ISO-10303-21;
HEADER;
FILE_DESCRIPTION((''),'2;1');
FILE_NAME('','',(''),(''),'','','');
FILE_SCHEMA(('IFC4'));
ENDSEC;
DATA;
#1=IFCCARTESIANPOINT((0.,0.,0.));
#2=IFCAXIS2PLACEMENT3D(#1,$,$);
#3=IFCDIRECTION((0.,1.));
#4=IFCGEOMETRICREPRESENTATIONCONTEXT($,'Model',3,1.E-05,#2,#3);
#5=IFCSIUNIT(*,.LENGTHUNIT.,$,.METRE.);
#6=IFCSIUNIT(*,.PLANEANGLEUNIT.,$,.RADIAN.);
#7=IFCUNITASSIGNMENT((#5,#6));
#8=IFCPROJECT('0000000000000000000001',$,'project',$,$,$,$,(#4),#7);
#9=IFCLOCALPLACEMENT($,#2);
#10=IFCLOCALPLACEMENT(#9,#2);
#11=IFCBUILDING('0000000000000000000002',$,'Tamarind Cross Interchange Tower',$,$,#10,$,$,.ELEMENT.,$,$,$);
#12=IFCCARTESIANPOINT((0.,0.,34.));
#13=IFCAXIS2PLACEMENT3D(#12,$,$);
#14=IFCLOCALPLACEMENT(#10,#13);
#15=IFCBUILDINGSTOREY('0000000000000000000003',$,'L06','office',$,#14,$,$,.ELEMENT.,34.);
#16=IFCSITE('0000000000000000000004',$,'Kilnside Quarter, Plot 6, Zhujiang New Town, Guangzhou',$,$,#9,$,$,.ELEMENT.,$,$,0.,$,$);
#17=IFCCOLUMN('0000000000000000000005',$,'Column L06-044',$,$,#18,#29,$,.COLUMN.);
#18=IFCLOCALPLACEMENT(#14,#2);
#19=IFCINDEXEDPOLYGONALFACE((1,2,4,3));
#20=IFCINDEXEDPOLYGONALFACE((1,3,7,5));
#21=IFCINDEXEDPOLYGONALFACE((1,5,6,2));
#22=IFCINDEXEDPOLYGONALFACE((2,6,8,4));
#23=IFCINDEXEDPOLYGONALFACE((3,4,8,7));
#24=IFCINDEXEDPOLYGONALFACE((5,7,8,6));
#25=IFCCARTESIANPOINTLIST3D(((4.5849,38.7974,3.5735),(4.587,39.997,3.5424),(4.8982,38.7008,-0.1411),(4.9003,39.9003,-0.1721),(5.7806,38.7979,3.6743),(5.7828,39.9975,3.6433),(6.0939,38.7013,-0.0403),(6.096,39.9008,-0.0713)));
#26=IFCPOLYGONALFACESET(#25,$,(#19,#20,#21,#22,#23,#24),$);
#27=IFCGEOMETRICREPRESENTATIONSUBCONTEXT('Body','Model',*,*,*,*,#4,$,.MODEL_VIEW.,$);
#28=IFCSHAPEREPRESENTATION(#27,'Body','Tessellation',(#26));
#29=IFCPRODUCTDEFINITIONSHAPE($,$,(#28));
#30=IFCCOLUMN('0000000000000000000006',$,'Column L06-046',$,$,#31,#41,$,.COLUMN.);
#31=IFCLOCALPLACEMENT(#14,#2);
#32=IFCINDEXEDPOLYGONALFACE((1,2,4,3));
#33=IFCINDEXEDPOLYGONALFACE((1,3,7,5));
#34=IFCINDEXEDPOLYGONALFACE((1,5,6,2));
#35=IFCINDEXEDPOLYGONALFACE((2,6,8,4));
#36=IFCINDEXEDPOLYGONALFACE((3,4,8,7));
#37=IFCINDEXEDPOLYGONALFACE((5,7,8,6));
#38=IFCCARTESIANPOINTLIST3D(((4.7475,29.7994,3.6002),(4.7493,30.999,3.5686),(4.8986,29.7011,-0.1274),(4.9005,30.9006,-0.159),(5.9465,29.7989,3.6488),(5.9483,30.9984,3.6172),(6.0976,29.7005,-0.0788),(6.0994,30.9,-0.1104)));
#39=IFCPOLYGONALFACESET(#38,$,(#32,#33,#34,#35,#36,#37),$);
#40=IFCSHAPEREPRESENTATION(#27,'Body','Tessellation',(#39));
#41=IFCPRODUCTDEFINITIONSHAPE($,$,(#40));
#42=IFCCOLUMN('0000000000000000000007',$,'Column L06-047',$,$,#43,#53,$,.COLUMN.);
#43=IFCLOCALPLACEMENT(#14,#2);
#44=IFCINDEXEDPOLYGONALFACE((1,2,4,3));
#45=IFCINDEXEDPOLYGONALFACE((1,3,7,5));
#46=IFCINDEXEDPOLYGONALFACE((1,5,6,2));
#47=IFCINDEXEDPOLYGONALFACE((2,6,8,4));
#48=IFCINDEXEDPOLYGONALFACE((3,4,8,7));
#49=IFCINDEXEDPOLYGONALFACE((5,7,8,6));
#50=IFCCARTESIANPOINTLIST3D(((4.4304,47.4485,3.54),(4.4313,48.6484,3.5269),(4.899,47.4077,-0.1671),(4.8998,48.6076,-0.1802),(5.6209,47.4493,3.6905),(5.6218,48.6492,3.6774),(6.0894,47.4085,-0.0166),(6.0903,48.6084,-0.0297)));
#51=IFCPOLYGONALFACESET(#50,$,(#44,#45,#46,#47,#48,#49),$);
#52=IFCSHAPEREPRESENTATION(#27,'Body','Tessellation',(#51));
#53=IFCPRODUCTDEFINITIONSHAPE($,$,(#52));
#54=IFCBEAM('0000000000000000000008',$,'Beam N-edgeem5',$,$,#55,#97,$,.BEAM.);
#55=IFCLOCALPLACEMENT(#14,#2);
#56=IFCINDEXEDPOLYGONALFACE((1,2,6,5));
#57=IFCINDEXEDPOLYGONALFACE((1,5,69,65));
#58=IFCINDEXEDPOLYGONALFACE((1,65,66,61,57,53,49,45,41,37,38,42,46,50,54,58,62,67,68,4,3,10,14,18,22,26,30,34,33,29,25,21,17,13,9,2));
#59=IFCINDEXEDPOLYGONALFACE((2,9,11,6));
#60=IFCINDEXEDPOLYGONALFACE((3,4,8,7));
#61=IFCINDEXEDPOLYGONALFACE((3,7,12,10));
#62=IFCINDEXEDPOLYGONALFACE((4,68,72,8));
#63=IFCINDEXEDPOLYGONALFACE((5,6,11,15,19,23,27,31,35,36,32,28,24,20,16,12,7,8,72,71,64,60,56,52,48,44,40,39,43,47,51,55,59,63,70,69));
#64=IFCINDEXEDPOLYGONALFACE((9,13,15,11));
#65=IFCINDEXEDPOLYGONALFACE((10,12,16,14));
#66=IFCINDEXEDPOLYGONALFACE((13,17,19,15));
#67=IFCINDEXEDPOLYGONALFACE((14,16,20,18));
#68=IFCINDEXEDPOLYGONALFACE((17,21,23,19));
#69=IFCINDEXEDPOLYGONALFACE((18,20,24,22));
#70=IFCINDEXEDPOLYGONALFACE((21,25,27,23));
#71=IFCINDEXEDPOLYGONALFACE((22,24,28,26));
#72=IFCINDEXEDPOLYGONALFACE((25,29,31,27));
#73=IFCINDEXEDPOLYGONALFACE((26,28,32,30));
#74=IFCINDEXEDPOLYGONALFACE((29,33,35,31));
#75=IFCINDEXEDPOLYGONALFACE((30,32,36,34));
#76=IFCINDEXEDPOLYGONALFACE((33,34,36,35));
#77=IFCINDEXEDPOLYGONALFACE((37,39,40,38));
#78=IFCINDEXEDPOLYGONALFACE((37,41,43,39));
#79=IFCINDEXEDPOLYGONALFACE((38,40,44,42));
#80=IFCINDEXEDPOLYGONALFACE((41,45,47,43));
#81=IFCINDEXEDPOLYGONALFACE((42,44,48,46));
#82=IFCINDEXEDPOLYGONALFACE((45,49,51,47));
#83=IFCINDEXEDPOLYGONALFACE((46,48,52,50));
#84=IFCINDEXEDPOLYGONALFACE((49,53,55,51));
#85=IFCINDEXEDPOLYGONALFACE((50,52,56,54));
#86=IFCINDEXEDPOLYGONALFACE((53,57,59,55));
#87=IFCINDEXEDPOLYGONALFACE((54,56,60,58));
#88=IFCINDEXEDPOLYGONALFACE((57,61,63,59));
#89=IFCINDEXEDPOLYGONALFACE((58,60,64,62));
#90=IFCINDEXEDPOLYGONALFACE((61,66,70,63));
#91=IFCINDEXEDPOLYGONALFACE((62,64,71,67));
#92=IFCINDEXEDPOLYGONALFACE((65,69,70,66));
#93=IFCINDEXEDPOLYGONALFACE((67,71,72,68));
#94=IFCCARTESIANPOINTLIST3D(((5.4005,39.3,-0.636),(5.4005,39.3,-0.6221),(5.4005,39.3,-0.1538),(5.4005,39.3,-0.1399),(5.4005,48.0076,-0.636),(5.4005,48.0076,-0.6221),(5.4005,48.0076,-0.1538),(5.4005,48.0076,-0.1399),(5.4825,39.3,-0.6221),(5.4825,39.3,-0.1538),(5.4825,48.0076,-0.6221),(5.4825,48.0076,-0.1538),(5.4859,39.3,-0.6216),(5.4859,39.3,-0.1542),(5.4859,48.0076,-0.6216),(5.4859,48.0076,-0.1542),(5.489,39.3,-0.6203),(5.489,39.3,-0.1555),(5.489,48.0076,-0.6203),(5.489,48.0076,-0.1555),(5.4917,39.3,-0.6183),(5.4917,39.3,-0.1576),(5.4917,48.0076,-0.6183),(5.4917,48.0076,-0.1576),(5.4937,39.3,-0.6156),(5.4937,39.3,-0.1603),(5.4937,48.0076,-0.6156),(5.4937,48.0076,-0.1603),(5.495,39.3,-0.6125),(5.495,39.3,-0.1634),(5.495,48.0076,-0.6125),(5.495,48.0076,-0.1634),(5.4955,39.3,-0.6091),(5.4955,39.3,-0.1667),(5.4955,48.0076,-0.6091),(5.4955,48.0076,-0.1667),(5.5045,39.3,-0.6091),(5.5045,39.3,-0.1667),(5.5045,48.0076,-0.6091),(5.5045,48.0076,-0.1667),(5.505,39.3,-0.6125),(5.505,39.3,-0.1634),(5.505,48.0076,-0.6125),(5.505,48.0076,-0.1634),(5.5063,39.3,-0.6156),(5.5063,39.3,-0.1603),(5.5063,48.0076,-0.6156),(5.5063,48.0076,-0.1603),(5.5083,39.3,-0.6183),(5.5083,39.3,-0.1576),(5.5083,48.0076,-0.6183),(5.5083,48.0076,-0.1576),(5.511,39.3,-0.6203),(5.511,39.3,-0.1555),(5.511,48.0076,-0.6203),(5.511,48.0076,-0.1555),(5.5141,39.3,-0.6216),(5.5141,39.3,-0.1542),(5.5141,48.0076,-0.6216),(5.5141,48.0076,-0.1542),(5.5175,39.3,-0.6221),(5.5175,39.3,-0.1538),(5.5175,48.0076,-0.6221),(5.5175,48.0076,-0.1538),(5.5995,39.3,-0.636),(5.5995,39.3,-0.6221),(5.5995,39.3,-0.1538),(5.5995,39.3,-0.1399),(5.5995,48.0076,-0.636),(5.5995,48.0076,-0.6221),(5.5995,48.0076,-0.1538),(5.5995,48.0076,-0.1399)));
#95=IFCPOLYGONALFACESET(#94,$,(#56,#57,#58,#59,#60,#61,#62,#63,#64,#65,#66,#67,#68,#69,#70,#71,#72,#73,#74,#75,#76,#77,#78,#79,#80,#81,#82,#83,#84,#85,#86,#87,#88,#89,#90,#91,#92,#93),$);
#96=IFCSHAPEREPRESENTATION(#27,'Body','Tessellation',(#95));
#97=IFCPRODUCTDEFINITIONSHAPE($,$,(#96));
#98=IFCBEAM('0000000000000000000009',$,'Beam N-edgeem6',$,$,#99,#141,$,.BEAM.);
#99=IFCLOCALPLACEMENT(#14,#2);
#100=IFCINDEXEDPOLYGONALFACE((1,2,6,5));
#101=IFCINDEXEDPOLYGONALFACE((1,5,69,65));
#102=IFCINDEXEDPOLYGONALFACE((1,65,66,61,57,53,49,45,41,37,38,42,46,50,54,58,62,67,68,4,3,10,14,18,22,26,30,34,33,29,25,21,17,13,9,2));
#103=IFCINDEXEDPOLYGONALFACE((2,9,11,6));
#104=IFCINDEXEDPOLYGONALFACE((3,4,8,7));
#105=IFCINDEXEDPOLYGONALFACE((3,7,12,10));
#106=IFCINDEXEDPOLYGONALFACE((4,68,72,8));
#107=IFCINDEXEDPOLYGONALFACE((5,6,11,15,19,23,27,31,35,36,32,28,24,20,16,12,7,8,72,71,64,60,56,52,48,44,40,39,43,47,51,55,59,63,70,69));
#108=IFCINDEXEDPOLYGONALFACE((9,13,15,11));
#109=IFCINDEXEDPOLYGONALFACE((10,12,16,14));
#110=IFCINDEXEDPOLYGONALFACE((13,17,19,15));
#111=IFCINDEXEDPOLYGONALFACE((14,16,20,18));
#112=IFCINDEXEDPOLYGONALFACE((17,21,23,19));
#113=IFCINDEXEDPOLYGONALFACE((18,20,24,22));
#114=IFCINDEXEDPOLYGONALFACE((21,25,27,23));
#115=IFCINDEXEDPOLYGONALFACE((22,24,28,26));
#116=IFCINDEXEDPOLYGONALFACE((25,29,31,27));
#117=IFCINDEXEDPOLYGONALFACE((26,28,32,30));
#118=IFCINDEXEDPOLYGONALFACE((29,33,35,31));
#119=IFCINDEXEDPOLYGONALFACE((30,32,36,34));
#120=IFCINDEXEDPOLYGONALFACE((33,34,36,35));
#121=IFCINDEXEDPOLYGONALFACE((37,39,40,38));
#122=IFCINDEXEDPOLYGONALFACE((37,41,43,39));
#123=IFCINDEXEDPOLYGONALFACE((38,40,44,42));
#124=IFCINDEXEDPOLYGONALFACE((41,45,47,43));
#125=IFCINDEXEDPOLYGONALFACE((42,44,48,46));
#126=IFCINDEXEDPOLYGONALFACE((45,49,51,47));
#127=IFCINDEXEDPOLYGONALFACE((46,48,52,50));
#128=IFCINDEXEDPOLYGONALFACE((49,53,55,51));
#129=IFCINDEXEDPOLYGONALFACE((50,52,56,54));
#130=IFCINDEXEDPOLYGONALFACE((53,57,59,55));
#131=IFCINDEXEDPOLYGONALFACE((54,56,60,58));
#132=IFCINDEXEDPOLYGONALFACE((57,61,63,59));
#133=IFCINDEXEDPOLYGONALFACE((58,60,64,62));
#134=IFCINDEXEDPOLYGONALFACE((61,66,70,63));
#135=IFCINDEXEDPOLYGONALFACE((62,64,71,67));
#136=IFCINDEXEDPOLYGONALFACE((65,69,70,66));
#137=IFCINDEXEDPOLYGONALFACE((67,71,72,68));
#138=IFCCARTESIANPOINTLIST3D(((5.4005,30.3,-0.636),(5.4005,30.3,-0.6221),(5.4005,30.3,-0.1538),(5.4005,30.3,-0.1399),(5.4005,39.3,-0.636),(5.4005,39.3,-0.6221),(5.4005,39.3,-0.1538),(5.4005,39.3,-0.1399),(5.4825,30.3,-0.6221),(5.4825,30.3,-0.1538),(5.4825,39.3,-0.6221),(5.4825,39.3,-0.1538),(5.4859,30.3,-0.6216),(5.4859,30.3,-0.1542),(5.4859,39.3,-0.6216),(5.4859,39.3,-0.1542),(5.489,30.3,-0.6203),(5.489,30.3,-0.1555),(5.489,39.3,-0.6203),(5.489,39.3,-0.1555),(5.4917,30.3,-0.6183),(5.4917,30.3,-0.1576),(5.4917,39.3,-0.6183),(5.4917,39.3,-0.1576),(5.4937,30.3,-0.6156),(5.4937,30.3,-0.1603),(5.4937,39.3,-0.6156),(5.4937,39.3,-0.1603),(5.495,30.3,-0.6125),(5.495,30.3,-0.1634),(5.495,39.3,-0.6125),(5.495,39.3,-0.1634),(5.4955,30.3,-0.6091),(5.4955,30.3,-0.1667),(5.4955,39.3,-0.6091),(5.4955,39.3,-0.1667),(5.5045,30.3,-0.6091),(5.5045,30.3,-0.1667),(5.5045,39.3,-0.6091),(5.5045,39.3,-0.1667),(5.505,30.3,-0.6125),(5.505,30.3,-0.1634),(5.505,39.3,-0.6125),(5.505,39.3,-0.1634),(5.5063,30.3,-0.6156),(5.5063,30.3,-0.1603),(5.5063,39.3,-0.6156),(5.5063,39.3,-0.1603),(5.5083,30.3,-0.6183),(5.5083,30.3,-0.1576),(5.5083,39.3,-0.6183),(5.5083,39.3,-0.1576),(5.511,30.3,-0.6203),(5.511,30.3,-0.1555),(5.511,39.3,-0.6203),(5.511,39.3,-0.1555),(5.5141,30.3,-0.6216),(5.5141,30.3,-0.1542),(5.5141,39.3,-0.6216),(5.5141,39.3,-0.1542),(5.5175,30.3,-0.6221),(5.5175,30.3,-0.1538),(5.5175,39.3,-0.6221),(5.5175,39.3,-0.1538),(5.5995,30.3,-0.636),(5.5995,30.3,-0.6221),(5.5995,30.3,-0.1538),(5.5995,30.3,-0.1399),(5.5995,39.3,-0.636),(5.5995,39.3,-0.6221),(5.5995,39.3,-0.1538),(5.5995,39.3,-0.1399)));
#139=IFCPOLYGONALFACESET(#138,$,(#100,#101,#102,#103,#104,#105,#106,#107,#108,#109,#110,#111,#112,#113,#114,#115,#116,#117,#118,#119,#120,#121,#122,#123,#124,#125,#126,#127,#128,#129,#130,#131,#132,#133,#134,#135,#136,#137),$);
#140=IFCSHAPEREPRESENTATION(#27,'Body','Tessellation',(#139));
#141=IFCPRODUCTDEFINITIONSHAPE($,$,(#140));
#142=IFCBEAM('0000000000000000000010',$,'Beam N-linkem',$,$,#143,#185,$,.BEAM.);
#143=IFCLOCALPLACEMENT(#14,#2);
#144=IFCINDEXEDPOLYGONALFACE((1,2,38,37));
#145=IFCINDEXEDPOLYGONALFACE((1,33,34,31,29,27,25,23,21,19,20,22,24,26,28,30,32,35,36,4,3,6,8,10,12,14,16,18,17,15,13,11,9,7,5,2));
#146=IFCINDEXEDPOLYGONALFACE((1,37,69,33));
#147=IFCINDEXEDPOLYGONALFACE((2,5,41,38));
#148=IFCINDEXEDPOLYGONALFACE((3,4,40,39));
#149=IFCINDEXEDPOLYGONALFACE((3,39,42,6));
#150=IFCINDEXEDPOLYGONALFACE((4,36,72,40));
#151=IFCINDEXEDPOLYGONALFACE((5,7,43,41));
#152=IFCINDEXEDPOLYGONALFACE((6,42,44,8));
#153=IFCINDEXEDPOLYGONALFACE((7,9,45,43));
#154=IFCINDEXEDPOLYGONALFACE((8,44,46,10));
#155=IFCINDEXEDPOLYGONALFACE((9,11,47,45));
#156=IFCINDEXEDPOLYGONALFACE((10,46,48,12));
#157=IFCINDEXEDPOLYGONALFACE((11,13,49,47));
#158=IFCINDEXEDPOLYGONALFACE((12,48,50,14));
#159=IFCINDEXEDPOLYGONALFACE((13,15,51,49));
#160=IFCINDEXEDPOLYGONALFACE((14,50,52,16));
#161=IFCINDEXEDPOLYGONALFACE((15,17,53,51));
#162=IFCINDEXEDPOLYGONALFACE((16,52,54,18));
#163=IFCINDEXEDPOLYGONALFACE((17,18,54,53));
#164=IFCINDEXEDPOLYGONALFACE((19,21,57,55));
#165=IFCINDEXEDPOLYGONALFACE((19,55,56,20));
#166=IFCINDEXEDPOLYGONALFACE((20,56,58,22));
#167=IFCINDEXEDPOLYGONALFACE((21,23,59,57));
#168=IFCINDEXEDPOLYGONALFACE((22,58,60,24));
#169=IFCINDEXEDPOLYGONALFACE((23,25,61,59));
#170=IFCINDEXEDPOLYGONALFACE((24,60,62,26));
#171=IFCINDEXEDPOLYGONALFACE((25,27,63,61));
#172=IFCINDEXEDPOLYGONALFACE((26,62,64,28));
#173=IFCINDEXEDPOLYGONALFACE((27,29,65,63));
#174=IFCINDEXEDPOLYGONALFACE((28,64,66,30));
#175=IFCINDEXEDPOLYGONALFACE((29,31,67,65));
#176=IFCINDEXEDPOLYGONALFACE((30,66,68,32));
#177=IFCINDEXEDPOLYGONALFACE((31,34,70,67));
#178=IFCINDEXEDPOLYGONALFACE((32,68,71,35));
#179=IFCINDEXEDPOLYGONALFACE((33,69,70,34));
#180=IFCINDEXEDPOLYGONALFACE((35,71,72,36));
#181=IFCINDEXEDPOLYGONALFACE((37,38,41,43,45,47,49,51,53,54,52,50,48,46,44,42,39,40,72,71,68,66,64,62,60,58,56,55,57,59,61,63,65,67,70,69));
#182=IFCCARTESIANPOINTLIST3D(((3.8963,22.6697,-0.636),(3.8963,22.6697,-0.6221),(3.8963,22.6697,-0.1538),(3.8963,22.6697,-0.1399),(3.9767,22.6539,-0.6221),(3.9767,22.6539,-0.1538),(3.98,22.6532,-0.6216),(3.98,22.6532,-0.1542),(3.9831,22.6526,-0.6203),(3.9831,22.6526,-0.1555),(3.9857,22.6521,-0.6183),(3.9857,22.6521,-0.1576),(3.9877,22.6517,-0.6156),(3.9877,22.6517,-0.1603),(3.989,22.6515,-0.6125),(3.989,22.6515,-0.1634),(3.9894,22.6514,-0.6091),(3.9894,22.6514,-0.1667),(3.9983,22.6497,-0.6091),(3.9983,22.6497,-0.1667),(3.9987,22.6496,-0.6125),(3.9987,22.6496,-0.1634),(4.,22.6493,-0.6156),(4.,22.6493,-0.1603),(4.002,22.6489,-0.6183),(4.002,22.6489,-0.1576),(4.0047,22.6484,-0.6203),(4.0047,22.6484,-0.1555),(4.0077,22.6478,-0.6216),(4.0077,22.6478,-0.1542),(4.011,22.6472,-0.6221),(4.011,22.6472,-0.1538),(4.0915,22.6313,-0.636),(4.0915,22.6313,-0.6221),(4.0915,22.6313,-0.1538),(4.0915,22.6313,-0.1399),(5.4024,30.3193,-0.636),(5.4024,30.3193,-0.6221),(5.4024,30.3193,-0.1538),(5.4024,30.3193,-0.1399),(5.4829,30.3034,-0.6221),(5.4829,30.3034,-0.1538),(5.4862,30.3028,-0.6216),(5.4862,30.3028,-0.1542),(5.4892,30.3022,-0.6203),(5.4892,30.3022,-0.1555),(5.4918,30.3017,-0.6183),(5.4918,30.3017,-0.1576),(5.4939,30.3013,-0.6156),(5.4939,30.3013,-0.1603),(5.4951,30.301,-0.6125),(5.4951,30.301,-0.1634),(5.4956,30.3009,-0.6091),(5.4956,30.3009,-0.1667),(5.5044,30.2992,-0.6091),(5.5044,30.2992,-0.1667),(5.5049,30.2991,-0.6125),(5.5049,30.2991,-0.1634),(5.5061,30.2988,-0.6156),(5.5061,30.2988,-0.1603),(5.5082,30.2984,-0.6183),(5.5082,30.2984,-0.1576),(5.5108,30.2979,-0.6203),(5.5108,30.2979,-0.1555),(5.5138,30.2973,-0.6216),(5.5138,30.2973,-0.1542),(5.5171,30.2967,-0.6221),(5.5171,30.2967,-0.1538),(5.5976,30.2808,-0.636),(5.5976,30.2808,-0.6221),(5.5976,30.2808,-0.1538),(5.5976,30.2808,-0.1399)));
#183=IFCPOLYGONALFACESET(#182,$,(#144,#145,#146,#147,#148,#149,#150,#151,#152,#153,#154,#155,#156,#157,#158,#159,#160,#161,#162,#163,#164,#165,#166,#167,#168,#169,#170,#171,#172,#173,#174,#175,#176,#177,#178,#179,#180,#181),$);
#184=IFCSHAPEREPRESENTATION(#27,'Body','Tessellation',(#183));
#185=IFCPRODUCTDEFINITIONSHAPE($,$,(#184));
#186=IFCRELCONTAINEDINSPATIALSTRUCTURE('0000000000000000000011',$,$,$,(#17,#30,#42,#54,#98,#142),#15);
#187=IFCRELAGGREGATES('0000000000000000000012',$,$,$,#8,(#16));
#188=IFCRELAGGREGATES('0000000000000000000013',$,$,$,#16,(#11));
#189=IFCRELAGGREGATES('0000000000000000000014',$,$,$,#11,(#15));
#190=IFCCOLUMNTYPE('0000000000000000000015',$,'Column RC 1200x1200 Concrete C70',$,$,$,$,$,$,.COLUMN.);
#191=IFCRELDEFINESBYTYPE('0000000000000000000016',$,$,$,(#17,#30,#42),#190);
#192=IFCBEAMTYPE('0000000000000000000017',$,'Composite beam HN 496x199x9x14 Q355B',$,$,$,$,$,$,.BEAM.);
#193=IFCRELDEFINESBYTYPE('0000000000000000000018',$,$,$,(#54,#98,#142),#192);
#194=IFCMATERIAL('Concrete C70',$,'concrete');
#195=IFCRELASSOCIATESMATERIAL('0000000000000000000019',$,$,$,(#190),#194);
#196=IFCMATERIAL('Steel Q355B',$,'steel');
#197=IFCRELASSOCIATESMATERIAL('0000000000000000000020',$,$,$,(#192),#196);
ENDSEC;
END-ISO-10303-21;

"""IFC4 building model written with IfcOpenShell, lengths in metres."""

from ifc_helpers import new_model, si_unit, direction, frame, origin, origin_2d, place, context, subcontext, project, spatial, rectangle, i_section, extrude, material, material_profile, profile_set, type_object, element, save


model = new_model("IFC4")

# Units and contexts
model_context = context("Model", 3, precision=1e-05, world=origin(), true_north=direction((0.0, 1.0)))
body_context = subcontext(model_context, "Body", "Model", "MODEL_VIEW")
ifc_project = project(units=[si_unit("LENGTHUNIT", "METRE"), si_unit("PLANEANGLEUNIT", "RADIAN")], contexts=[model_context])

# Site, building, storey
site_placement = place(None, origin())
site = spatial("IfcSite", under=ifc_project, at=site_placement, Name="Kilnside Quarter, Plot 6, Zhujiang New Town, Guangzhou", CompositionType="ELEMENT", RefElevation=0.0)
building_placement = place(site_placement, origin())
building = spatial("IfcBuilding", under=site, at=building_placement, Name="Tamarind Cross Interchange Tower", CompositionType="ELEMENT")
storey_placement = place(building_placement, frame((0.0, 0.0, 34.0)))
storey = spatial("IfcBuildingStorey", under=building, at=storey_placement, Name="L06", Description="office", CompositionType="ELEMENT", Elevation=34.0)

# Columns
ifc_material_1 = material(Name="Concrete C70", Category="concrete")
ifc_material_profile_1 = material_profile(ifc_material_1, rectangle(XDim=1.2, YDim=1.2, at=origin_2d()), Name="RC 1200x1200")
ifc_profile_set_1 = profile_set([ifc_material_profile_1], Name="Concrete C70")
column_type = type_object("IfcColumnType", Name="Column RC 1200x1200 Concrete C70", PredefinedType="COLUMN", material=ifc_profile_set_1)
column_1_placement = place(storey_placement, frame((5.4971, 39.3008, -0.1062), z_axis=(-0.083998, 0.025926, 0.996129), x_axis=(-0.001767, -0.999664, 0.025869)))
element("IfcColumn", 1, at=column_1_placement, inside=storey, type_object=column_type, Name="Column L06-044", PredefinedType="COLUMN", context=body_context, shape_type="SweptSolid", body=[
    extrude(rectangle(XDim=1.2, YDim=1.2, at=origin_2d()), origin(), (0.0, 0.0, 1.0), 3.729),
])
column_2_placement = place(storey_placement, frame((5.499, 30.3005, -0.1189), z_axis=(-0.040495, 0.026364, 0.998832), x_axis=(-0.001547, -0.999652, 0.026323)))
element("IfcColumn", 2, at=column_2_placement, inside=storey, type_object=column_type, Name="Column L06-046", PredefinedType="COLUMN", context=body_context, shape_type="SweptSolid", body=[
    extrude(rectangle(XDim=1.2, YDim=1.2, at=origin_2d()), origin(), (0.0, 0.0, 1.0), 3.7319),
])
column_3_placement = place(storey_placement, frame((5.4946, 48.0081, -0.0984), z_axis=(-0.125378, 0.010911, 0.992049), x_axis=(-0.000709, -0.99994, 0.010908)))
element("IfcColumn", 3, at=column_3_placement, inside=storey, type_object=column_type, Name="Column L06-047", PredefinedType="COLUMN", context=body_context, shape_type="SweptSolid", body=[
    extrude(rectangle(XDim=1.2, YDim=1.2, at=origin_2d()), origin(), (0.0, 0.0, 1.0), 3.7368),
])

# Beams
ifc_material_2 = material(Name="Steel Q355B", Category="steel")
ifc_material_profile_2 = material_profile(ifc_material_2, i_section(OverallWidth=0.199, OverallDepth=0.4961, WebThickness=0.009, FlangeThickness=0.0139, FilletRadius=0.0129, at=origin_2d()), Name="HN 496x199x9x14")
ifc_profile_set_2 = profile_set([ifc_material_profile_2], Name="Steel Q355B")
beam_type_1 = type_object("IfcBeamType", Name="Composite beam HN 496x199x9x14 Q355B", PredefinedType="BEAM", material=ifc_profile_set_2)
beam_1_placement = place(storey_placement, frame((5.5, 48.0076, -0.3879), z_axis=(0.0, -1.0, 0.0), x_axis=(1.0, 0.0, 0.0)))
element("IfcBeam", 4, at=beam_1_placement, inside=storey, type_object=beam_type_1, Name="Beam N-edgeem5", PredefinedType="BEAM", context=body_context, shape_type="SweptSolid", body=[
    extrude(i_section(OverallWidth=0.199, OverallDepth=0.4961, WebThickness=0.009, FlangeThickness=0.0139, FilletRadius=0.0129, at=origin_2d()), origin(), (0.0, 0.0, 1.0), 8.7075),
])
beam_2_placement = place(storey_placement, frame((5.5, 39.3, -0.3879), z_axis=(0.0, -1.0, 0.0), x_axis=(1.0, 0.0, 0.0)))
element("IfcBeam", 5, at=beam_2_placement, inside=storey, type_object=beam_type_1, Name="Beam N-edgeem6", PredefinedType="BEAM", context=body_context, shape_type="SweptSolid", body=[
    extrude(i_section(OverallWidth=0.199, OverallDepth=0.4961, WebThickness=0.009, FlangeThickness=0.0139, FilletRadius=0.0129, at=origin_2d()), origin(), (0.0, 0.0, 1.0), 9.0),
])
beam_3_placement = place(storey_placement, frame((5.5, 30.3, -0.3879), z_axis=(-0.193182, -0.981163, 0.0), x_axis=(0.981163, -0.193182, 0.0)))
element("IfcBeam", 6, at=beam_3_placement, inside=storey, type_object=beam_type_1, Name="Beam N-linkem", PredefinedType="BEAM", context=body_context, shape_type="SweptSolid", body=[
    extrude(i_section(OverallWidth=0.199, OverallDepth=0.4961, WebThickness=0.009, FlangeThickness=0.0139, FilletRadius=0.0129, at=origin_2d()), origin(), (0.0, 0.0, 1.0), 7.7964),
])

save(model, "model.ifc")
